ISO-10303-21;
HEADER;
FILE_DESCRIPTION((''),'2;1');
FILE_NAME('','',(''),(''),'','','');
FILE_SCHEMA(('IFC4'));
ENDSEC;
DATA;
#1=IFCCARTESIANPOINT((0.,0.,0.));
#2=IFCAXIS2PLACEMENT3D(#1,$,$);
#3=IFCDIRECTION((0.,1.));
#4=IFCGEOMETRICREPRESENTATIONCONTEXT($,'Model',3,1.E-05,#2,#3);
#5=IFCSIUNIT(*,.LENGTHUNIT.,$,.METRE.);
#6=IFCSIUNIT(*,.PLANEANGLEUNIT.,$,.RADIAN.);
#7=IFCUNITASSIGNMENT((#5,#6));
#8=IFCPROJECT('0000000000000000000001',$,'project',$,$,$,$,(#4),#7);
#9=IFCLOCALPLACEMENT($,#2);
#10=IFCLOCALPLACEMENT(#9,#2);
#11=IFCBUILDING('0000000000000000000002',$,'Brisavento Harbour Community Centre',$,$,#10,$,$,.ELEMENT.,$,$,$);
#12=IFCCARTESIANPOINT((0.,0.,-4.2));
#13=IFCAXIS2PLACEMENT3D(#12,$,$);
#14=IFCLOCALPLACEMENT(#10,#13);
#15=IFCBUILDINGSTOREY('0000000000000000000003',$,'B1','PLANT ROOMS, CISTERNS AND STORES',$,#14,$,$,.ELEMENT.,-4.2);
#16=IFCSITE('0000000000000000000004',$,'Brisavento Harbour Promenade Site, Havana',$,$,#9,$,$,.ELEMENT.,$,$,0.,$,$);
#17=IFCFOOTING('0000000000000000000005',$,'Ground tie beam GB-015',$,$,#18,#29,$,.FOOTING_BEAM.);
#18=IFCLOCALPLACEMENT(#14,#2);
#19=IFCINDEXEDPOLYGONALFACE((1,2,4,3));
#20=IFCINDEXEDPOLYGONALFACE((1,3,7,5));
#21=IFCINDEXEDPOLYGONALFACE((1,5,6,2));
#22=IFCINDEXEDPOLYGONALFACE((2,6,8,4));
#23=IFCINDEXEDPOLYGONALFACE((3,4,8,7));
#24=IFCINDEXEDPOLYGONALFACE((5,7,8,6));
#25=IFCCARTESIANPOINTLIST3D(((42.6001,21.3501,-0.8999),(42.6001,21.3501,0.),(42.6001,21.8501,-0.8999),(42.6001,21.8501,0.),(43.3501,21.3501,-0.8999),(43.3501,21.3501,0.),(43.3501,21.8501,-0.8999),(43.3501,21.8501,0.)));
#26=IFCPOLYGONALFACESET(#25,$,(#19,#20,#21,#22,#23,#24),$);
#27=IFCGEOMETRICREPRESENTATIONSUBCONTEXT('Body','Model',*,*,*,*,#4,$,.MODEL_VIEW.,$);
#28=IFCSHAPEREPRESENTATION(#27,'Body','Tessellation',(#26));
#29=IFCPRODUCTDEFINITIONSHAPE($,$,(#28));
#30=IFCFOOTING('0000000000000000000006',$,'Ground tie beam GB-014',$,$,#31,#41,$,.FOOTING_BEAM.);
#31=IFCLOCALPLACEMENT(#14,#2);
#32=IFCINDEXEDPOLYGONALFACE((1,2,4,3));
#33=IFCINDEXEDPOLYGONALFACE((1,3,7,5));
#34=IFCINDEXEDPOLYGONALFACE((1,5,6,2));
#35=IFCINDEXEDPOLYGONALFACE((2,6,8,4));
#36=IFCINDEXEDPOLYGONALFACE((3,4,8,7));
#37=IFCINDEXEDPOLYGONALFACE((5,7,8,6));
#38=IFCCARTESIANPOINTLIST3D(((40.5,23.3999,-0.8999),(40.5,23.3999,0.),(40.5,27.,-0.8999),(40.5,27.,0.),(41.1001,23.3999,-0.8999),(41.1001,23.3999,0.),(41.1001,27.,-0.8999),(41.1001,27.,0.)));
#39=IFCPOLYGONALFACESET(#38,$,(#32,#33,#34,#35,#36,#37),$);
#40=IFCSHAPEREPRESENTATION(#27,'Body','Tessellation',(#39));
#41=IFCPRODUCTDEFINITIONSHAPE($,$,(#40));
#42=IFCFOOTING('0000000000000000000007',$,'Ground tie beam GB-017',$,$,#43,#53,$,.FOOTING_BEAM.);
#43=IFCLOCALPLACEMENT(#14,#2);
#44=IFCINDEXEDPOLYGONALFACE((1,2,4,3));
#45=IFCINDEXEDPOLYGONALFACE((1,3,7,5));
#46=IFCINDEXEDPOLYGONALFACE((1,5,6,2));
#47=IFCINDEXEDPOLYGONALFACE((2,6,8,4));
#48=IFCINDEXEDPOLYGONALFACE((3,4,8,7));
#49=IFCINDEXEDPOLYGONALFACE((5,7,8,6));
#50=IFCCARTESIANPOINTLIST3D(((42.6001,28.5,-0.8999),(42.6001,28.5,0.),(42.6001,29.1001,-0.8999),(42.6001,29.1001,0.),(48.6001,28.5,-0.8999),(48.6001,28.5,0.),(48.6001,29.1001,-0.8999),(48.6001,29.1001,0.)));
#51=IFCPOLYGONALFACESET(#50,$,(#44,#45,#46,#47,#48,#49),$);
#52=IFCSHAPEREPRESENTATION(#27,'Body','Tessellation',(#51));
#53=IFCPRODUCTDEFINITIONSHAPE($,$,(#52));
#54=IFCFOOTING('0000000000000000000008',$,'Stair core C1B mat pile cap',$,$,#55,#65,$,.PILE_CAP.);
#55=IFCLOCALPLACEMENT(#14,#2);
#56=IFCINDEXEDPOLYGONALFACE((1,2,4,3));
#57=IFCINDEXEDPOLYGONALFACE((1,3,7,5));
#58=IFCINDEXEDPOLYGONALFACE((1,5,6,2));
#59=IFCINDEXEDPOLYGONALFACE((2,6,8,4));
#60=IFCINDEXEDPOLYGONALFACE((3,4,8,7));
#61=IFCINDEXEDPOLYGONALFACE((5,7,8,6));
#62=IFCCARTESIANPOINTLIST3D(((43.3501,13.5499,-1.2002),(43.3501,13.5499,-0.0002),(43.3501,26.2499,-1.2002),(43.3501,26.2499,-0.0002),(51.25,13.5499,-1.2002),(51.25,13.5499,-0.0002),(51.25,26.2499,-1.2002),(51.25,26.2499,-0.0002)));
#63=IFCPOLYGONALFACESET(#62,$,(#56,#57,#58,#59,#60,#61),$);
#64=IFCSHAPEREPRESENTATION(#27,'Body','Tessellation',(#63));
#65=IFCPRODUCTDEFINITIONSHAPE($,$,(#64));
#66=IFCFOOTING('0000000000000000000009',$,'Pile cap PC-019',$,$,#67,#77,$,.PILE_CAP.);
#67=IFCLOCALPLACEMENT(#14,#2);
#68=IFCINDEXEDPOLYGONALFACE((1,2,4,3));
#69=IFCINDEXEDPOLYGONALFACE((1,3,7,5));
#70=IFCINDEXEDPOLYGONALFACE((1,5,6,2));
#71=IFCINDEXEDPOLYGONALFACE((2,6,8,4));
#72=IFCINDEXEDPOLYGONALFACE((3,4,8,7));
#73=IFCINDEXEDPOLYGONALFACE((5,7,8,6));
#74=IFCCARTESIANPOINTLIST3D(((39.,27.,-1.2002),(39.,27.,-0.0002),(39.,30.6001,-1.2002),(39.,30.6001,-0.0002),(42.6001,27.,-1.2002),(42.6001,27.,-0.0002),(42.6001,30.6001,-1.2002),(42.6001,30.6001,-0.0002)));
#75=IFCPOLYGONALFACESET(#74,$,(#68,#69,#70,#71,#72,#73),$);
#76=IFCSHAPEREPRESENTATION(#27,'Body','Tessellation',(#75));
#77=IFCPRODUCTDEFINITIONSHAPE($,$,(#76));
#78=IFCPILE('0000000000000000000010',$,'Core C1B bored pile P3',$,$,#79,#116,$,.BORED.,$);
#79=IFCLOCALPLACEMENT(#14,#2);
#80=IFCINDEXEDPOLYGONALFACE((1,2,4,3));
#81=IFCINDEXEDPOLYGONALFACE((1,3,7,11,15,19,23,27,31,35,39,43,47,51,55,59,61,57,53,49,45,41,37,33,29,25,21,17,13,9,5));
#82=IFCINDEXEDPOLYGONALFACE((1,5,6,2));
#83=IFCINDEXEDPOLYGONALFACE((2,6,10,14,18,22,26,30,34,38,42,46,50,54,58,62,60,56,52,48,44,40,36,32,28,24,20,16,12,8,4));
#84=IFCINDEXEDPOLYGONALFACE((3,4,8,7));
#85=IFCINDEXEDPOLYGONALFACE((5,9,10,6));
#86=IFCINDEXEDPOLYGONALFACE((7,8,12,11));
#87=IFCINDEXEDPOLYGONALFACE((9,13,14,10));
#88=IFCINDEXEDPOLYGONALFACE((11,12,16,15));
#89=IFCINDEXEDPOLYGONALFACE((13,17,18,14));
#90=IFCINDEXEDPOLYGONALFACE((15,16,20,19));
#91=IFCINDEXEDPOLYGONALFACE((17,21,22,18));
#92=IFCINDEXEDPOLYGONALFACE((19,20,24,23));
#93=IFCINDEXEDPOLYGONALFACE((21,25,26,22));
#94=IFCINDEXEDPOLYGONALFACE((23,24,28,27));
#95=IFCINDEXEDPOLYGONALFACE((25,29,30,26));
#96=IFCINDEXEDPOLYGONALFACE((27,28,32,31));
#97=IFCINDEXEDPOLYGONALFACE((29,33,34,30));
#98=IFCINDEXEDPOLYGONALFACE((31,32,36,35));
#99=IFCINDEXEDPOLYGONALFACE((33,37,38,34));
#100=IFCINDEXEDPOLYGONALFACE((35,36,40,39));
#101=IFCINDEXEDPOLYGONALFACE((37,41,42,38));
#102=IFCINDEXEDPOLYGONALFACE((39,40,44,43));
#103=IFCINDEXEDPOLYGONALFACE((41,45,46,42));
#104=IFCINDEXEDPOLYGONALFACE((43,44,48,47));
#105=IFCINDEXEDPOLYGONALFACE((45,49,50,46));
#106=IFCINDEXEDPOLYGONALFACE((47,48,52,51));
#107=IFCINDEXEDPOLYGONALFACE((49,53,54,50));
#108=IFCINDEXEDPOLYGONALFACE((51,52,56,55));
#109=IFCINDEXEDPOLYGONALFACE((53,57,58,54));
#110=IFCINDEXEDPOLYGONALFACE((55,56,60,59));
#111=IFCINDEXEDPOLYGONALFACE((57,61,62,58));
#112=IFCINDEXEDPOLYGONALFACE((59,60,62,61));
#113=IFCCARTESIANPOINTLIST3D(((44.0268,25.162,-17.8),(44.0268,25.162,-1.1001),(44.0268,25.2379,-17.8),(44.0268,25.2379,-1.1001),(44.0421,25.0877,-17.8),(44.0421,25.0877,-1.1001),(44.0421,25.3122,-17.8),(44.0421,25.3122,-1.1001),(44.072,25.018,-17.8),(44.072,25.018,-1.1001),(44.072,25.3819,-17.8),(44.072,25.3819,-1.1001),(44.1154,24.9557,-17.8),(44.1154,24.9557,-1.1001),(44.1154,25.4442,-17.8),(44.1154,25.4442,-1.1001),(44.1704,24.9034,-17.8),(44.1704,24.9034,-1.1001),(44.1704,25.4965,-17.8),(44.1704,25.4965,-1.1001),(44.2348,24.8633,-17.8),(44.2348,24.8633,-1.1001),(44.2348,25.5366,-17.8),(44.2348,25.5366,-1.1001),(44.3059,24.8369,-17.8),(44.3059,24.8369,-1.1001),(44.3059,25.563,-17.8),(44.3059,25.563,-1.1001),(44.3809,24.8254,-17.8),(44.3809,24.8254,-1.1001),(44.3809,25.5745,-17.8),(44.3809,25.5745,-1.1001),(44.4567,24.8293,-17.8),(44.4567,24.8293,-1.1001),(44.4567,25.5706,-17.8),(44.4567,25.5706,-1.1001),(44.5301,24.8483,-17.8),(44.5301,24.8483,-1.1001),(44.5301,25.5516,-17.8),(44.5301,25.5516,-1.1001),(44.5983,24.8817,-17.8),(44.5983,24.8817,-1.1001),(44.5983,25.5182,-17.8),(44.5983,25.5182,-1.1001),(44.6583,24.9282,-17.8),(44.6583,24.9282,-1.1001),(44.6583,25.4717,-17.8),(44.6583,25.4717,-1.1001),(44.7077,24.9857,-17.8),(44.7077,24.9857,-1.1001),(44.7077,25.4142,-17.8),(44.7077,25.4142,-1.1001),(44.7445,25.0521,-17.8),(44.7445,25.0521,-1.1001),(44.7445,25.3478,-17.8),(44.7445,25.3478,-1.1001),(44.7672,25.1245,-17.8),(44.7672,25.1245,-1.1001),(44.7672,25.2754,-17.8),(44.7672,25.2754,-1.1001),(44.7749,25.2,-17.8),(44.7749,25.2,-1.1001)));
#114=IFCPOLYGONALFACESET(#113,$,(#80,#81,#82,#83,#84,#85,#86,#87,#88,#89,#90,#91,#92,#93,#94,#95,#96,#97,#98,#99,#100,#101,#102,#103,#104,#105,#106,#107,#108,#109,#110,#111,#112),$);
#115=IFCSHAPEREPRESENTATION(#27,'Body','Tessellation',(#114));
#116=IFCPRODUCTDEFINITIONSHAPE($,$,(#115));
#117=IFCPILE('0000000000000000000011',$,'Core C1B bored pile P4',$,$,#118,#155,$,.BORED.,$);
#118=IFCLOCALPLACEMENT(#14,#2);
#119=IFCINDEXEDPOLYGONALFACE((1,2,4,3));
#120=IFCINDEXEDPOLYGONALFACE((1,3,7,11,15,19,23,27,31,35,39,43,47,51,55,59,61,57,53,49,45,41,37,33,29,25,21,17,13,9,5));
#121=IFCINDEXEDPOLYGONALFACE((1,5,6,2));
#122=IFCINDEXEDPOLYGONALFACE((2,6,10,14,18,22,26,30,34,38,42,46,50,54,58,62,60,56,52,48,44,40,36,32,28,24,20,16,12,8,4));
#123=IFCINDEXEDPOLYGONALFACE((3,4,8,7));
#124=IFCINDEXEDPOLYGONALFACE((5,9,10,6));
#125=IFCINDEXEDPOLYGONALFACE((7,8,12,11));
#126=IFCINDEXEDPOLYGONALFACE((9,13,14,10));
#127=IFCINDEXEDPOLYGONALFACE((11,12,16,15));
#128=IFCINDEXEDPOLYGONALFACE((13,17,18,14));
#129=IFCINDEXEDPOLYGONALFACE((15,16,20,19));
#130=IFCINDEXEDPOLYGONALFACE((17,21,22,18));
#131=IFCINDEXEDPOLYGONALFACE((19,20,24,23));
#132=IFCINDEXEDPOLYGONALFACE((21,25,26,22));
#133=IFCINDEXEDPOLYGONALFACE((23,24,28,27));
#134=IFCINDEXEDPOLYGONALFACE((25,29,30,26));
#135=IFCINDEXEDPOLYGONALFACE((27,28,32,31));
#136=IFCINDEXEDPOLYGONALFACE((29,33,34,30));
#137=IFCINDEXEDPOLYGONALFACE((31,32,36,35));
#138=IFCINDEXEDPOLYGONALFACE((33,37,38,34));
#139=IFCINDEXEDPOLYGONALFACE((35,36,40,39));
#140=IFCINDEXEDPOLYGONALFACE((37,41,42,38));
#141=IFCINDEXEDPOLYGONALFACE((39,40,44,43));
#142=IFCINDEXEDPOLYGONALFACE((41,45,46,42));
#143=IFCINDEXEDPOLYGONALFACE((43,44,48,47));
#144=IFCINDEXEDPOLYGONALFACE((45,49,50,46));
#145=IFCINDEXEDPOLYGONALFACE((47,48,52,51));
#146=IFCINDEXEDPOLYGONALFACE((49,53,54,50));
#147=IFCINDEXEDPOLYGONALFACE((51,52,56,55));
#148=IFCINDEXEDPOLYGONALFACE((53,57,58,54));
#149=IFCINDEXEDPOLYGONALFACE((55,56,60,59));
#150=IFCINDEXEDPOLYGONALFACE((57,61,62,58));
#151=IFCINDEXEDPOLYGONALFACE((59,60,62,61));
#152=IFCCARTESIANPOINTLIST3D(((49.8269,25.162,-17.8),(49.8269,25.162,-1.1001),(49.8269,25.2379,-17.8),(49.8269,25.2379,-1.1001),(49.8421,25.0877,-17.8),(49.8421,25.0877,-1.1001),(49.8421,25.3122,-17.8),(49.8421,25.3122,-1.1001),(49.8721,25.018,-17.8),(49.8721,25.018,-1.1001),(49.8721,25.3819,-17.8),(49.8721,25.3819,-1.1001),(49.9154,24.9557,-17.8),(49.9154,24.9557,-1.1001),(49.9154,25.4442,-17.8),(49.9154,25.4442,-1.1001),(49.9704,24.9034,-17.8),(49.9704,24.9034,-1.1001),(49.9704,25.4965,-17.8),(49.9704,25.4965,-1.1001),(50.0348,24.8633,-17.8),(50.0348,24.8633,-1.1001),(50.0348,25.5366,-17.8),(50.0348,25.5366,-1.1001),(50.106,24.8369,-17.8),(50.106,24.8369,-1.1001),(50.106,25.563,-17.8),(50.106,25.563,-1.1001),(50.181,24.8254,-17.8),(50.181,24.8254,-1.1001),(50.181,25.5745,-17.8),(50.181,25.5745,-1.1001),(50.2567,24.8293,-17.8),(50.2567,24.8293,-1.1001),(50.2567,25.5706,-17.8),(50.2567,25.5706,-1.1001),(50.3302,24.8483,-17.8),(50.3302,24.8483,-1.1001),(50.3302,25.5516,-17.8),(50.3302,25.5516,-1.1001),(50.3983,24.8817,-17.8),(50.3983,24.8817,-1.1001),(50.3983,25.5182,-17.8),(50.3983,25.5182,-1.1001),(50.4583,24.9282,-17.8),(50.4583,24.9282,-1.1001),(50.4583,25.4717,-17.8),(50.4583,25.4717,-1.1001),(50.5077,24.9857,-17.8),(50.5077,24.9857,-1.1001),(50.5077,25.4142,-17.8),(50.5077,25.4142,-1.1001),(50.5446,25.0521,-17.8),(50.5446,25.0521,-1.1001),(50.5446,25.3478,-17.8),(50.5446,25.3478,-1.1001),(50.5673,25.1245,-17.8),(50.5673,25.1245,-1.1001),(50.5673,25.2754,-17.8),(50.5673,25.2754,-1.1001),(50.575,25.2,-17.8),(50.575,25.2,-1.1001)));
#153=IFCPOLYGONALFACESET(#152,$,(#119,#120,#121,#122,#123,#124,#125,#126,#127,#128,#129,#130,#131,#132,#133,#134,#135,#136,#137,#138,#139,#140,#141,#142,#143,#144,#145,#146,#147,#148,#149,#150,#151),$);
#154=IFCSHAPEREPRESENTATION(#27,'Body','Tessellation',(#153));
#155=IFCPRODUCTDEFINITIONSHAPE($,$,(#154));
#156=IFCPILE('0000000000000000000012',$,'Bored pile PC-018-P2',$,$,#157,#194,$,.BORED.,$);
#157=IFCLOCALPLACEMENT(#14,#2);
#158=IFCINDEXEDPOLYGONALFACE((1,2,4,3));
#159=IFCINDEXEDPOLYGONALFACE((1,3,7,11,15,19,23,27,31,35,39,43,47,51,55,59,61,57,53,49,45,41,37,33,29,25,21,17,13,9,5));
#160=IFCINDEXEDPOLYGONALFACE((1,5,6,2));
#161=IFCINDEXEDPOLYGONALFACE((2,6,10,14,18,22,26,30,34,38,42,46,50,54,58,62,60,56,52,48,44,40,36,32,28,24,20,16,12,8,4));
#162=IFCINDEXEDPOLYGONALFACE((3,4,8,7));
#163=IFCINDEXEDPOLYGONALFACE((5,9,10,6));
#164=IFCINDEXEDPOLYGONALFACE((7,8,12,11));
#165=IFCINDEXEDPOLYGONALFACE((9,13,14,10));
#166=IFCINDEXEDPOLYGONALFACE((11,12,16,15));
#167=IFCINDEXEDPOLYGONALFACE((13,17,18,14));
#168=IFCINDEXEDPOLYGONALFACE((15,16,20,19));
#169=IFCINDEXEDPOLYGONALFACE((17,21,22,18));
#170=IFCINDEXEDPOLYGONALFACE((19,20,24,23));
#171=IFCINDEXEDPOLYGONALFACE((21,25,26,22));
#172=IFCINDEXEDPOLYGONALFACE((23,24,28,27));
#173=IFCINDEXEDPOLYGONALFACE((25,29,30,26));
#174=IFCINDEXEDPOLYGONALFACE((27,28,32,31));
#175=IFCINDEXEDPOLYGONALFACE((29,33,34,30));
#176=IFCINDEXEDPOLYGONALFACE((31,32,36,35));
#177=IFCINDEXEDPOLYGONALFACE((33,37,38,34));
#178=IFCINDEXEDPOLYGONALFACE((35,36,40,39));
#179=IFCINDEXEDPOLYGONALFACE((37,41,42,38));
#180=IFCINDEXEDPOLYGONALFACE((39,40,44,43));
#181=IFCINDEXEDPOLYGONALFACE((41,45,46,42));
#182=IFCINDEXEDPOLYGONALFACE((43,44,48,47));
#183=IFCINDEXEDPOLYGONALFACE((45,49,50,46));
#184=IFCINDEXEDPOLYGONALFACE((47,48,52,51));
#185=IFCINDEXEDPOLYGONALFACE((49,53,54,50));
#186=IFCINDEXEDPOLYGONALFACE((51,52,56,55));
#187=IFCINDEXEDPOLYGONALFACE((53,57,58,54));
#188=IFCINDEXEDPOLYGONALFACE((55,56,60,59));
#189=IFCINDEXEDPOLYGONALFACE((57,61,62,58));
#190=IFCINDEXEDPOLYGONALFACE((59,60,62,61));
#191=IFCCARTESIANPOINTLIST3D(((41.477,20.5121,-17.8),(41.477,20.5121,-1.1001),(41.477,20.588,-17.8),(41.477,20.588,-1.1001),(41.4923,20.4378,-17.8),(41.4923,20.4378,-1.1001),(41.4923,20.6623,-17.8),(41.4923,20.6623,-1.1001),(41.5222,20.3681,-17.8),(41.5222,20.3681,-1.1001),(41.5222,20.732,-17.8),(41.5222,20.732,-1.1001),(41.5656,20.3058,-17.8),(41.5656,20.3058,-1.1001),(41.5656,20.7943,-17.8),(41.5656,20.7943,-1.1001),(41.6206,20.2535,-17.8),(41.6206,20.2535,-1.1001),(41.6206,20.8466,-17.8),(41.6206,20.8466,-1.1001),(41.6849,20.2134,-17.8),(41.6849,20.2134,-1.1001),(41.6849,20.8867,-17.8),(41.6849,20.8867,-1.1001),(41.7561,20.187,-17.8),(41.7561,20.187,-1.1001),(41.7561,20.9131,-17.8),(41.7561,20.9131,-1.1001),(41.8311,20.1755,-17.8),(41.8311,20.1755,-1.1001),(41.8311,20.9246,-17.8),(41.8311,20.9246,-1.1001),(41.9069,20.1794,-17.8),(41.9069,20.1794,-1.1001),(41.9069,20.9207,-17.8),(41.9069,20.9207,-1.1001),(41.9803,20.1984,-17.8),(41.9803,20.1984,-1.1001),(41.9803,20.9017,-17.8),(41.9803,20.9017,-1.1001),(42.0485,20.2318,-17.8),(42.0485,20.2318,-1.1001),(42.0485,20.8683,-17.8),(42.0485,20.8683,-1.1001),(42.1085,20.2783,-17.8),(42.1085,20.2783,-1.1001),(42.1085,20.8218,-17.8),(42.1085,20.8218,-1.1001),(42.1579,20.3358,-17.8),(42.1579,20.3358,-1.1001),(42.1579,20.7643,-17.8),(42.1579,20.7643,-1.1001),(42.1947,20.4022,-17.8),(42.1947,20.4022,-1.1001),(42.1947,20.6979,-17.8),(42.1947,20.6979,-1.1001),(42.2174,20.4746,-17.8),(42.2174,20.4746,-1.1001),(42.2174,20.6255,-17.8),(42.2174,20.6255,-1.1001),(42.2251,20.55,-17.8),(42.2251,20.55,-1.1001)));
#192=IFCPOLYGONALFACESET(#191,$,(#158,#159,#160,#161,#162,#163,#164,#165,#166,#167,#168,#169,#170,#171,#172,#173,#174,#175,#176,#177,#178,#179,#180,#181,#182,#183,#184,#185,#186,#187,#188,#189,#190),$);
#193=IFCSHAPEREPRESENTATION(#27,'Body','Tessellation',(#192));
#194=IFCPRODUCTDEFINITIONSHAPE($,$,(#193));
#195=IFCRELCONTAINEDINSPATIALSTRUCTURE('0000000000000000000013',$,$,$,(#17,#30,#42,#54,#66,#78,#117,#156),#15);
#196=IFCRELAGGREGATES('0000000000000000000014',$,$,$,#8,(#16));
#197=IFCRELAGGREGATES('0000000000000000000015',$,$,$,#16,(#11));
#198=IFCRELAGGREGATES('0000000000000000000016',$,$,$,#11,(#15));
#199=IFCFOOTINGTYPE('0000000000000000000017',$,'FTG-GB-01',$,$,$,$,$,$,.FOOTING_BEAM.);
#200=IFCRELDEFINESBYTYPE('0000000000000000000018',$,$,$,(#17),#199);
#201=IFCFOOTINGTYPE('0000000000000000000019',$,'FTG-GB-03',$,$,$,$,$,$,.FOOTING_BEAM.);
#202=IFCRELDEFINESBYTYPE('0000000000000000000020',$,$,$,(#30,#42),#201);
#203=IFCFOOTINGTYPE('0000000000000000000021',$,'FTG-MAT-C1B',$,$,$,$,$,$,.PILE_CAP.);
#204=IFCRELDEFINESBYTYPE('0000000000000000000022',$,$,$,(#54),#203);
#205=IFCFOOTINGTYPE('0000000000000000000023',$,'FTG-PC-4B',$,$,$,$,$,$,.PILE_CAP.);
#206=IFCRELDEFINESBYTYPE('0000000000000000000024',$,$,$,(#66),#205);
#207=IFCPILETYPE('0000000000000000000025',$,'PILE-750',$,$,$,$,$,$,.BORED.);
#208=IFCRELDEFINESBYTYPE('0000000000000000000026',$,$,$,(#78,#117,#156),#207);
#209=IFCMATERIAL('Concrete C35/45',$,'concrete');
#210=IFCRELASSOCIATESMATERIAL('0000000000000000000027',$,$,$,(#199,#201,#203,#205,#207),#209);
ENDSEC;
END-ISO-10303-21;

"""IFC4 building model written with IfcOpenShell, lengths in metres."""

from ifc_helpers import new_model, si_unit, direction, frame, origin, origin_2d, place, context, subcontext, project, spatial, rectangle, circle, extrude, material, material_profile, profile_set, type_object, element, save


model = new_model("IFC4")

# Units and contexts
model_context = context("Model", 3, precision=1e-05, world=origin(), true_north=direction((0.0, 1.0)))
body_context = subcontext(model_context, "Body", "Model", "MODEL_VIEW")
ifc_project = project(units=[si_unit("LENGTHUNIT", "METRE"), si_unit("PLANEANGLEUNIT", "RADIAN")], contexts=[model_context])

# Site, building, storey
site_placement = place(None, origin())
site = spatial("IfcSite", under=ifc_project, at=site_placement, Name="Brisavento Harbour Promenade Site, Havana", CompositionType="ELEMENT", RefElevation=0.0)
building_placement = place(site_placement, origin())
building = spatial("IfcBuilding", under=site, at=building_placement, Name="Brisavento Harbour Community Centre", CompositionType="ELEMENT")
storey_placement = place(building_placement, frame((0.0, 0.0, -4.2)))
storey = spatial("IfcBuildingStorey", under=building, at=storey_placement, Name="B1", Description="PLANT ROOMS, CISTERNS AND STORES", CompositionType="ELEMENT", Elevation=-4.2)

# Footings
ifc_material_1 = material(Name="Concrete C35/45", Category="concrete")
footing_type_1 = type_object("IfcFootingType", Name="FTG-GB-01", PredefinedType="FOOTING_BEAM", material=ifc_material_1)
footing_1_placement = place(storey_placement, frame((42.9751, 21.6001, -0.8999), z_axis=(0.0, 0.0, 1.0), x_axis=(1.0, 0.0, 0.0)))
element("IfcFooting", 1, at=footing_1_placement, inside=storey, type_object=footing_type_1, Name="Ground tie beam GB-015", PredefinedType="FOOTING_BEAM", context=body_context, shape_type="SweptSolid", body=[
    extrude(rectangle(XDim=0.75, YDim=0.5, at=origin_2d()), origin(), (0.0, 0.0, 1.0), 0.8999),
])
footing_type_2 = type_object("IfcFootingType", Name="FTG-GB-03", PredefinedType="FOOTING_BEAM", material=ifc_material_1)
footing_2_placement = place(storey_placement, frame((40.8, 25.2, -0.8999), z_axis=(0.0, 0.0, 1.0), x_axis=(1.0, 0.0, 0.0)))
element("IfcFooting", 2, at=footing_2_placement, inside=storey, type_object=footing_type_2, Name="Ground tie beam GB-014", PredefinedType="FOOTING_BEAM", context=body_context, shape_type="SweptSolid", body=[
    extrude(rectangle(XDim=0.6001, YDim=3.6001, at=origin_2d()), origin(), (0.0, 0.0, 1.0), 0.8999),
])
footing_3_placement = place(storey_placement, frame((45.6001, 28.8, -0.8999), z_axis=(0.0, 0.0, 1.0), x_axis=(1.0, 0.0, 0.0)))
element("IfcFooting", 3, at=footing_3_placement, inside=storey, type_object=footing_type_2, Name="Ground tie beam GB-017", PredefinedType="FOOTING_BEAM", context=body_context, shape_type="SweptSolid", body=[
    extrude(rectangle(XDim=6.0, YDim=0.6001, at=origin_2d()), origin(), (0.0, 0.0, 1.0), 0.8999),
])
footing_type_3 = type_object("IfcFootingType", Name="FTG-MAT-C1B", PredefinedType="PILE_CAP", material=ifc_material_1)
footing_4_placement = place(storey_placement, frame((47.3, 19.8999, -1.2002), z_axis=(0.0, 0.0, 1.0), x_axis=(1.0, 0.0, 0.0)))
element("IfcFooting", 4, at=footing_4_placement, inside=storey, type_object=footing_type_3, Name="Stair core C1B mat pile cap", PredefinedType="PILE_CAP", context=body_context, shape_type="SweptSolid", body=[
    extrude(rectangle(XDim=7.8999, YDim=12.7, at=origin_2d()), origin(), (0.0, 0.0, 1.0), 1.2),
])
footing_type_4 = type_object("IfcFootingType", Name="FTG-PC-4B", PredefinedType="PILE_CAP", material=ifc_material_1)
footing_5_placement = place(storey_placement, frame((40.8, 28.8, -1.2002), z_axis=(0.0, 0.0, 1.0), x_axis=(1.0, 0.0, 0.0)))
element("IfcFooting", 5, at=footing_5_placement, inside=storey, type_object=footing_type_4, Name="Pile cap PC-019", PredefinedType="PILE_CAP", context=body_context, shape_type="SweptSolid", body=[
    extrude(rectangle(XDim=3.6001, YDim=3.6001, at=origin_2d()), origin(), (0.0, 0.0, 1.0), 1.2),
])

# Piles
ifc_material_profile_1 = material_profile(ifc_material_1, circle(Radius=0.375, at=origin_2d()), Name="Concrete C35/45")
ifc_profile_set_1 = profile_set([ifc_material_profile_1], Name="Concrete C35/45")
pile_type = type_object("IfcPileType", Name="PILE-750", PredefinedType="BORED", material=ifc_profile_set_1)
for number, where, z_axis, x_axis, name in (
    (6, (44.3999, 25.2, -1.1001), (0.0, 0.0, -1.0), (1.0, 0.0, 0.0), "Core C1B bored pile P3"),
    (7, (50.2, 25.2, -1.1001), (0.0, 0.0, -1.0), (1.0, 0.0, 0.0), "Core C1B bored pile P4"),
    (8, (41.8501, 20.55, -1.1001), (0.0, 0.0, -1.0), (1.0, 0.0, 0.0), "Bored pile PC-018-P2"),
):
    element("IfcPile", number, at=place(storey_placement, frame(where, z_axis=z_axis, x_axis=x_axis)), inside=storey, type_object=pile_type, Name=name, PredefinedType="BORED", context=body_context, shape_type="SweptSolid", body=[
        extrude(circle(Radius=0.375, at=origin_2d()), origin(), (0.0, 0.0, 1.0), 16.7),
    ])

save(model, "model.ifc")
